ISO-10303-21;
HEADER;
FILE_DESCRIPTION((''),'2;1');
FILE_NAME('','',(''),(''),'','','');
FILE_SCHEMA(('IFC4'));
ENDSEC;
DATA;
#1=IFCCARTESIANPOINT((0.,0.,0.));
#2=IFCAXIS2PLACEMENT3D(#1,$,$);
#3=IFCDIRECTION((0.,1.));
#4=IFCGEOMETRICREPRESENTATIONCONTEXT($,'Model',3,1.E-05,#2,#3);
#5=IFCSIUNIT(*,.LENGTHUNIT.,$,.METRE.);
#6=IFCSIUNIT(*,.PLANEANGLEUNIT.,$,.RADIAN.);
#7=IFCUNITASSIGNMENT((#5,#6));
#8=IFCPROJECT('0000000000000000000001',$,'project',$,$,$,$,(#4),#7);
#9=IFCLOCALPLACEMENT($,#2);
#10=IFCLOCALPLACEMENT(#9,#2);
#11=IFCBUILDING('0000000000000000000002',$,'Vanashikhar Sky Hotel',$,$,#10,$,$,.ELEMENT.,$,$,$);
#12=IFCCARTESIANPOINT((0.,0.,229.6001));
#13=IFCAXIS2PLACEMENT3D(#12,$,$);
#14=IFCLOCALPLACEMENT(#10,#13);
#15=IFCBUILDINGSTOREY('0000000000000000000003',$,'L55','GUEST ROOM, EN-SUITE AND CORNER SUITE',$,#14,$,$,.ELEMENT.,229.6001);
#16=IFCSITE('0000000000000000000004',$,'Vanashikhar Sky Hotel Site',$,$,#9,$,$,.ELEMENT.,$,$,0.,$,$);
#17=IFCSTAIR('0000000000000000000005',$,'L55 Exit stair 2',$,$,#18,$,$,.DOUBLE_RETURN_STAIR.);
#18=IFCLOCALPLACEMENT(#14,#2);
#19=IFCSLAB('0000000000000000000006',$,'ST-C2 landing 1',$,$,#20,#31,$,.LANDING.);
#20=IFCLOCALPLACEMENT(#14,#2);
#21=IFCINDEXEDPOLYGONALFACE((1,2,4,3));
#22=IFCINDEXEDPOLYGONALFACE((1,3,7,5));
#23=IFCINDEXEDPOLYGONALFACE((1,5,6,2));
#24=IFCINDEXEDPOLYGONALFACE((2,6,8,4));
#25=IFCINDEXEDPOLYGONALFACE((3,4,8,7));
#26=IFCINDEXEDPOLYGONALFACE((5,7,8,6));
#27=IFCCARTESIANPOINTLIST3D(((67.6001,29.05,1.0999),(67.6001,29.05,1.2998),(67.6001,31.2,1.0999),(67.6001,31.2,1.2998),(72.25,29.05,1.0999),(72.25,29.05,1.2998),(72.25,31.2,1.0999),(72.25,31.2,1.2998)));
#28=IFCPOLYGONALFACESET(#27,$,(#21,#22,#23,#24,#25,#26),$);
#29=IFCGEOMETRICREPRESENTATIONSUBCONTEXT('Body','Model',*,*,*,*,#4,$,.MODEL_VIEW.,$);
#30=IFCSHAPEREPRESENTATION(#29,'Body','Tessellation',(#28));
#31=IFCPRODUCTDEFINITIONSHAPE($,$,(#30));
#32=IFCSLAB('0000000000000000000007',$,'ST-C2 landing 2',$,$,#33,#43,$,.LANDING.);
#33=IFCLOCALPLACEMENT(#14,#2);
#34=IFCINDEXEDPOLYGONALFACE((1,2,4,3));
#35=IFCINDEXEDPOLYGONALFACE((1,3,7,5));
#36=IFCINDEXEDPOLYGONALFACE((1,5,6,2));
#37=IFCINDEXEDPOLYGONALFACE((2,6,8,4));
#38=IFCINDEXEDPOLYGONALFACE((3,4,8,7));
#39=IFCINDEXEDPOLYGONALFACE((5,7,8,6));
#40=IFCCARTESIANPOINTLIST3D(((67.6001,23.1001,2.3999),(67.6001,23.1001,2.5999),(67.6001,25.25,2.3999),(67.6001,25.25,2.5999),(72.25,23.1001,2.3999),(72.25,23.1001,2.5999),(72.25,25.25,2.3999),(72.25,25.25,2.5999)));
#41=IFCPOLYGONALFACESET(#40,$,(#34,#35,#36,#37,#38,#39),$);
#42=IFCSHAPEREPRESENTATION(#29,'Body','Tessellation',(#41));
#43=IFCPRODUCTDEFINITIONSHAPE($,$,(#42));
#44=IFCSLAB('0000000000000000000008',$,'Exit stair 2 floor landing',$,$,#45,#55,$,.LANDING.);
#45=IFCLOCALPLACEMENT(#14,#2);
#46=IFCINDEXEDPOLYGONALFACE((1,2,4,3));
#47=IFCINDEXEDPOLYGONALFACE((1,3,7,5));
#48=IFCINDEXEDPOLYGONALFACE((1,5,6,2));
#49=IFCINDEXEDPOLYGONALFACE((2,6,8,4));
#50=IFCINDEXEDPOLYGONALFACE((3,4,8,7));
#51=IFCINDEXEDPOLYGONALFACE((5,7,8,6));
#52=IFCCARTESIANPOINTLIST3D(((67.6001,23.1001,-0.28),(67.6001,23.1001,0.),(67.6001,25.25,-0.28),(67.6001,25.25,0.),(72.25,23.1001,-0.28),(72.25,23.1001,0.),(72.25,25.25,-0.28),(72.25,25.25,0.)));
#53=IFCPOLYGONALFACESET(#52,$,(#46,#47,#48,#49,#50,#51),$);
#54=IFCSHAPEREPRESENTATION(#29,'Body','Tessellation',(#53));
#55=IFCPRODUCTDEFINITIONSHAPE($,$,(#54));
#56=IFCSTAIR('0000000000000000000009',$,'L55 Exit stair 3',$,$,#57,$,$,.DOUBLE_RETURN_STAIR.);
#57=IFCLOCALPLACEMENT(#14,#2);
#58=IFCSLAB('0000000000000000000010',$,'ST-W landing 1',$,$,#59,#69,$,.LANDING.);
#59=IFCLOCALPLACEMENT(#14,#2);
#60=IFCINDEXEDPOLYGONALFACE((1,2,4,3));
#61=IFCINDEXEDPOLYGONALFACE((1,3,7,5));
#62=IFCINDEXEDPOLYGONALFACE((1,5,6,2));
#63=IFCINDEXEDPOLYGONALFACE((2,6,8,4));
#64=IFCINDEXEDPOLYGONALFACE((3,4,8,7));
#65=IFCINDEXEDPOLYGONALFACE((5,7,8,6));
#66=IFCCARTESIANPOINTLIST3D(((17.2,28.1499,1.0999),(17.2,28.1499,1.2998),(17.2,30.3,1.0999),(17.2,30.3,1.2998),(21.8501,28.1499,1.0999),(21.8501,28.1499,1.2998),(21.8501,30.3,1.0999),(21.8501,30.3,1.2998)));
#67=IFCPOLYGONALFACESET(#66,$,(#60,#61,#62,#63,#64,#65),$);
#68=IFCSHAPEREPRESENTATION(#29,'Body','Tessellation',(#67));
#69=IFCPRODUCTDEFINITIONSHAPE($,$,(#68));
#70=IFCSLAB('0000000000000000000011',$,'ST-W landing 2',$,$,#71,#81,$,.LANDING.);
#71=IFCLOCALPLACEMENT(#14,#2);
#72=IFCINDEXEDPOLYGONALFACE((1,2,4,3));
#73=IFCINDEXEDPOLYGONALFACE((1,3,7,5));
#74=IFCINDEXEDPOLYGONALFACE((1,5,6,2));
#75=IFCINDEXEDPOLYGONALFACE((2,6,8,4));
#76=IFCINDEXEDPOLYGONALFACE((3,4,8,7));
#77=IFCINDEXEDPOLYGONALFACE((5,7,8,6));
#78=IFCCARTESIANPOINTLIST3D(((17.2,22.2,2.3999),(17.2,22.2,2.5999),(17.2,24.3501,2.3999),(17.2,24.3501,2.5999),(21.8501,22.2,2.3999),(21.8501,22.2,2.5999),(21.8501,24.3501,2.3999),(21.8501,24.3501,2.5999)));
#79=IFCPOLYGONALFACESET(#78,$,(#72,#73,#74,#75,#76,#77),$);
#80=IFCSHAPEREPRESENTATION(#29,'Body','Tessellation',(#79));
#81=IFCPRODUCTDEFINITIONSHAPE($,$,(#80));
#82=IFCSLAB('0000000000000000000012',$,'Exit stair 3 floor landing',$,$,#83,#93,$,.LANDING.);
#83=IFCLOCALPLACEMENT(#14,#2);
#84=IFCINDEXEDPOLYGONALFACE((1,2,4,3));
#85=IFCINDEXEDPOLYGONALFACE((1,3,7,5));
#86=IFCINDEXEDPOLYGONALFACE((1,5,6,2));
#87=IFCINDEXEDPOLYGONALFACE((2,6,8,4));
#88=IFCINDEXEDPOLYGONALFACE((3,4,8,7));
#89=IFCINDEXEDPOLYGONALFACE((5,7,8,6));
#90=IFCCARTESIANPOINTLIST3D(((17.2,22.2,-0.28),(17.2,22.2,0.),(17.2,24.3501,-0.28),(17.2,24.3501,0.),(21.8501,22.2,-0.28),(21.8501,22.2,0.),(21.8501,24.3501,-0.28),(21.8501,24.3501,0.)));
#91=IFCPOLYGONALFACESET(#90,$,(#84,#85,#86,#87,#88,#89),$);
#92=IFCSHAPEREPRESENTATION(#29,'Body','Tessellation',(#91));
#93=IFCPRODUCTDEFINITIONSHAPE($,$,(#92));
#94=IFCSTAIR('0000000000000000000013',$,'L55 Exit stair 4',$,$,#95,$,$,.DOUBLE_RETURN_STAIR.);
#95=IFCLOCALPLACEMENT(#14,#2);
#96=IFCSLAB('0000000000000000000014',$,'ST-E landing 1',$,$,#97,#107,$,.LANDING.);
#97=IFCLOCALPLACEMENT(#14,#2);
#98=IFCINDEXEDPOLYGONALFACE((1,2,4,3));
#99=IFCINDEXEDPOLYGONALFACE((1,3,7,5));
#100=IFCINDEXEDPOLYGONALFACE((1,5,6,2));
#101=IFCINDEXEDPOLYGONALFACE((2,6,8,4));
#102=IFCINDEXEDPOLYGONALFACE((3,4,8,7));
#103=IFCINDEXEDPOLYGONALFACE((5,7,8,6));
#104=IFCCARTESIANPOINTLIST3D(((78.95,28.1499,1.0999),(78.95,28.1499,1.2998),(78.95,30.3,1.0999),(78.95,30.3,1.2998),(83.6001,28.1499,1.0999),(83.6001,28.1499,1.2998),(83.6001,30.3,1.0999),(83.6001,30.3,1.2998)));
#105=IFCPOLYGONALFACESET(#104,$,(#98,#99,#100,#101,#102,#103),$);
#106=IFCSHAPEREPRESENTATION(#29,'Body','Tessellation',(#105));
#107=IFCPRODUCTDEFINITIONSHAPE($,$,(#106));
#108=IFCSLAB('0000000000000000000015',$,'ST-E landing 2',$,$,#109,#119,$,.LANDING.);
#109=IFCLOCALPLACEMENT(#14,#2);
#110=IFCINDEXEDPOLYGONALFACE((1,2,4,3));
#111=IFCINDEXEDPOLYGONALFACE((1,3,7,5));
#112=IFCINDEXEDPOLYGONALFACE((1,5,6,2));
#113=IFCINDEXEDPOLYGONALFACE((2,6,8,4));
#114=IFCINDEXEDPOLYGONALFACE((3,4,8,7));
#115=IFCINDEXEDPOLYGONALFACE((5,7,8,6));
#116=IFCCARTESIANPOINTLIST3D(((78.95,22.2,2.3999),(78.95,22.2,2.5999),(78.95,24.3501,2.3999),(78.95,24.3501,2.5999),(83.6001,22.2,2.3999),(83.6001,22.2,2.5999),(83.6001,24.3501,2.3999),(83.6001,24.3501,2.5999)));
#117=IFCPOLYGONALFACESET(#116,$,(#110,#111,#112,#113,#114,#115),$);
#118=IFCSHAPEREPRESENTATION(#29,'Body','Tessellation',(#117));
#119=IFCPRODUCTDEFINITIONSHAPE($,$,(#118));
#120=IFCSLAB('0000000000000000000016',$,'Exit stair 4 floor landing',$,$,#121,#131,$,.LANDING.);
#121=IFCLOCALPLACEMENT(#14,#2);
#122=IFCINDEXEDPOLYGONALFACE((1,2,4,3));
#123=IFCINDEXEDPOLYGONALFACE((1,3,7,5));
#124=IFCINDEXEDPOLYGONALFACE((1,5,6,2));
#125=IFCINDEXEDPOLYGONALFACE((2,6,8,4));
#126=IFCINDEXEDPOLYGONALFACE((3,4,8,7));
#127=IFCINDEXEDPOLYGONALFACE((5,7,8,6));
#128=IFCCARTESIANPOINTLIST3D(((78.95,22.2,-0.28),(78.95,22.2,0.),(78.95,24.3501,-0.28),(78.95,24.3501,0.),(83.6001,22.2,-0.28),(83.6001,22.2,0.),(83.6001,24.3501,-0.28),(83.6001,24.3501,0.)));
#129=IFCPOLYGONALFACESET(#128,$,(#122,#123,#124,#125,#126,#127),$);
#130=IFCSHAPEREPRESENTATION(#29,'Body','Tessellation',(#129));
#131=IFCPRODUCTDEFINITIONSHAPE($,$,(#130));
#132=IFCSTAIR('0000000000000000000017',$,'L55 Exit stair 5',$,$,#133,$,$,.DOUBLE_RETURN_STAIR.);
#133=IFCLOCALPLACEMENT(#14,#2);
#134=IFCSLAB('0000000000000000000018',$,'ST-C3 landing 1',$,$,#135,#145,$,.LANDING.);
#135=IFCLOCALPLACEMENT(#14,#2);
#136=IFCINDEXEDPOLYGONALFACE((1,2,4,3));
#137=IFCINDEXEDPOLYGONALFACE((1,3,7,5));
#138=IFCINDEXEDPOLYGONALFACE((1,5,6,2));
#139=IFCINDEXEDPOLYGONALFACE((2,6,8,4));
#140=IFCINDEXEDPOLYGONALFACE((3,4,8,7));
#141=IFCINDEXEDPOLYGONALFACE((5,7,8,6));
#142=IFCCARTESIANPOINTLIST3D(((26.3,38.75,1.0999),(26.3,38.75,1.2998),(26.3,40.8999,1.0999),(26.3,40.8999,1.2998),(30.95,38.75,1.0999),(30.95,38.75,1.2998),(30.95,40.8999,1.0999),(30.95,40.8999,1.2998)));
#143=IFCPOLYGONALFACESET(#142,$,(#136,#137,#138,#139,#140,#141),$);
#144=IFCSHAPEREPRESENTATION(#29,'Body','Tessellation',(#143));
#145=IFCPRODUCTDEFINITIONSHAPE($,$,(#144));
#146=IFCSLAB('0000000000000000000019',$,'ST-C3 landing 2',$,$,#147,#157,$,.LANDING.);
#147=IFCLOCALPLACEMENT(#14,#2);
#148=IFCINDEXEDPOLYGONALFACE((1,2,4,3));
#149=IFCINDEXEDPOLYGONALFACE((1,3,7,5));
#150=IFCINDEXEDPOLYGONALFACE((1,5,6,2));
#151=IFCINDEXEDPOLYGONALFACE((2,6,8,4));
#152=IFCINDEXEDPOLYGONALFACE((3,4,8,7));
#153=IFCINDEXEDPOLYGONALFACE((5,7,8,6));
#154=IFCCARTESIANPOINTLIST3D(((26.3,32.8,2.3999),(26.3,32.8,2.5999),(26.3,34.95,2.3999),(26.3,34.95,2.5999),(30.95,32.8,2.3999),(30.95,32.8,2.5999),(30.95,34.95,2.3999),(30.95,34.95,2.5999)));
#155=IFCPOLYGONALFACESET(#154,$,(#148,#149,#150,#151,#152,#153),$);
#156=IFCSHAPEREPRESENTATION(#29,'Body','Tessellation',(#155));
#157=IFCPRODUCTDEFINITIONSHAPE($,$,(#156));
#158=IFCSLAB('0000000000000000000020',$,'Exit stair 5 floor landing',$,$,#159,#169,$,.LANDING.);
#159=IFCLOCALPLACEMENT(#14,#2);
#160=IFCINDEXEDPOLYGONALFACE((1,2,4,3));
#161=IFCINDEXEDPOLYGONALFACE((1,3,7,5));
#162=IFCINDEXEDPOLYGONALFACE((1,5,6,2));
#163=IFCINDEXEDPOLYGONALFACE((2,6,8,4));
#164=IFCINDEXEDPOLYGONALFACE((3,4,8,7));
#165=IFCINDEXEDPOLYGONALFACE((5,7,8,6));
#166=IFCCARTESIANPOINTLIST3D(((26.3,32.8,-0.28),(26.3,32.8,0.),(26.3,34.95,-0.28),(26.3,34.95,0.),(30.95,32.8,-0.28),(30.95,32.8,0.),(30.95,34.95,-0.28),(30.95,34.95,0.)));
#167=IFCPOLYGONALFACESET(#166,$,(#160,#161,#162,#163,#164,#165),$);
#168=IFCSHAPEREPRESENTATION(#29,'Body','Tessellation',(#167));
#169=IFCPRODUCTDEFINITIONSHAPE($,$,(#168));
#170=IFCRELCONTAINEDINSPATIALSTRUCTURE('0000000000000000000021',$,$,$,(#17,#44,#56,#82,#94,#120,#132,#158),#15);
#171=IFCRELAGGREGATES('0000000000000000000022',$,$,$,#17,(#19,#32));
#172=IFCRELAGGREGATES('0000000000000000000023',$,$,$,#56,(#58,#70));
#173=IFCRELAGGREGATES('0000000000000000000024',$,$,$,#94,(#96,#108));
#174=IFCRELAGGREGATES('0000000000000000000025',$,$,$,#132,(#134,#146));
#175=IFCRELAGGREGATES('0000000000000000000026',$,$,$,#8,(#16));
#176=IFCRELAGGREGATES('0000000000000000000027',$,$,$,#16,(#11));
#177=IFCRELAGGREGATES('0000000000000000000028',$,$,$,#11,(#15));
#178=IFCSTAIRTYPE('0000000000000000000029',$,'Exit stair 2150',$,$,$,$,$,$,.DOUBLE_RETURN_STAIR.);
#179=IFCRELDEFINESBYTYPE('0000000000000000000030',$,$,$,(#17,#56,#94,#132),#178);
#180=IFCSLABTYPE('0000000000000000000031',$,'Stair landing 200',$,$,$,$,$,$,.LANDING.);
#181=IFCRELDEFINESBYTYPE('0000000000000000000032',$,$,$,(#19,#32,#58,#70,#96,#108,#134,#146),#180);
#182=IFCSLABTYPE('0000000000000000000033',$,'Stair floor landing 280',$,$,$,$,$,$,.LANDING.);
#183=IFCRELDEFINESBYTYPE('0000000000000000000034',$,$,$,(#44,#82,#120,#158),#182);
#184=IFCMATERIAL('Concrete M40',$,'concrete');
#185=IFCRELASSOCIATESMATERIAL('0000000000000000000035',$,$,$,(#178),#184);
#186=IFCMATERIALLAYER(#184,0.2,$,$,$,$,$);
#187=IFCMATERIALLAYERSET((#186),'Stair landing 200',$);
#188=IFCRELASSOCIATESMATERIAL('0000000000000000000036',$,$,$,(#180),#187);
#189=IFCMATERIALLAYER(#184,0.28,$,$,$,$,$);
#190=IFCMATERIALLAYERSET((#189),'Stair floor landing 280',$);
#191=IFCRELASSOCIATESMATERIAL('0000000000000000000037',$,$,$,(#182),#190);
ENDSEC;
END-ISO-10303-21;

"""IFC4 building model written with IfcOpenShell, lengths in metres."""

from ifc_helpers import new_model, si_unit, direction, frame, origin, place, context, subcontext, project, spatial, polyline, outline, extrude, source, transform, mapped, material, layer, layer_set, type_object, element, aggregate, save


model = new_model("IFC4")

# Units and contexts
model_context = context("Model", 3, precision=1e-05, world=origin(), true_north=direction((0.0, 1.0)))
body_context = subcontext(model_context, "Body", "Model", "MODEL_VIEW")
ifc_project = project(units=[si_unit("LENGTHUNIT", "METRE"), si_unit("PLANEANGLEUNIT", "RADIAN")], contexts=[model_context])

# Site, building, storey
site_placement = place(None, origin())
site = spatial("IfcSite", under=ifc_project, at=site_placement, Name="Vanashikhar Sky Hotel Site", CompositionType="ELEMENT", RefElevation=0.0)
building_placement = place(site_placement, origin())
building = spatial("IfcBuilding", under=site, at=building_placement, Name="Vanashikhar Sky Hotel", CompositionType="ELEMENT")
storey_placement = place(building_placement, frame((0.0, 0.0, 229.6001)))
storey = spatial("IfcBuildingStorey", under=building, at=storey_placement, Name="L55", Description="GUEST ROOM, EN-SUITE AND CORNER SUITE", CompositionType="ELEMENT", Elevation=229.6001)

# Shared definitions
ifc_material = material(Name="Concrete M40", Category="concrete")

# Shared definitions
stair_type = type_object("IfcStairType", Name="Exit stair 2150", PredefinedType="DOUBLE_RETURN_STAIR", material=ifc_material)
ifc_layer_1 = layer(ifc_material, 0.2)
ifc_layer_set_1 = layer_set([ifc_layer_1], Name="Stair landing 200")
slab_type_1 = type_object("IfcSlabType", Name="Stair landing 200", PredefinedType="LANDING", material=ifc_layer_set_1)

# Shared definitions
ifc_layer_2 = layer(ifc_material, 0.28)
ifc_layer_set_2 = layer_set([ifc_layer_2], Name="Stair floor landing 280")
slab_type_2 = type_object("IfcSlabType", Name="Stair floor landing 280", PredefinedType="LANDING", material=ifc_layer_set_2)

# Stair, slabs
stair_1_placement = place(storey_placement, origin())
stair_1 = element("IfcStair", 1, at=stair_1_placement, inside=storey, type_object=stair_type, Name="L55 Exit stair 2", PredefinedType="DOUBLE_RETURN_STAIR")
shared_shape_1 = source(origin(), body_context, "Body", "SweptSolid", [
    extrude(outline(polyline([(72.25, 29.05), (72.25, 31.2), (67.6001, 31.2), (67.6001, 29.05), (72.25, 29.05)])), origin(), (0.0, 0.0, 1.0), 0.2),
])
slab_1_placement = place(storey_placement, frame((0.0, 0.0, 1.0999)))
slab_1 = element("IfcSlab", 2, at=slab_1_placement, type_object=slab_type_1, Name="ST-C2 landing 1", PredefinedType="LANDING", context=body_context, shape_type="MappedRepresentation", body=[
    mapped(shared_shape_1, transform((0.0, 0.0, 0.0), scale=1.0)),
])
shared_shape_2 = source(origin(), body_context, "Body", "SweptSolid", [
    extrude(outline(polyline([(72.25, 23.1001), (72.25, 25.25), (67.6001, 25.25), (67.6001, 23.1001), (72.25, 23.1001)])), origin(), (0.0, 0.0, 1.0), 0.2),
])
slab_2_placement = place(storey_placement, frame((0.0, 0.0, 2.3999)))
slab_2 = element("IfcSlab", 3, at=slab_2_placement, type_object=slab_type_1, Name="ST-C2 landing 2", PredefinedType="LANDING", context=body_context, shape_type="MappedRepresentation", body=[
    mapped(shared_shape_2, transform((0.0, 0.0, 0.0), scale=1.0)),
])
aggregate(stair_1, [slab_1, slab_2])

# Slab
shared_shape_3 = source(origin(), body_context, "Body", "SweptSolid", [
    extrude(outline(polyline([(72.25, 23.1001), (72.25, 25.25), (67.6001, 25.25), (67.6001, 23.1001), (72.25, 23.1001)])), origin(), (0.0, 0.0, 1.0), 0.28),
])
slab_3_placement = place(storey_placement, frame((0.0, 0.0, -0.28)))
element("IfcSlab", 4, at=slab_3_placement, inside=storey, type_object=slab_type_2, Name="Exit stair 2 floor landing", PredefinedType="LANDING", context=body_context, shape_type="MappedRepresentation", body=[
    mapped(shared_shape_3, transform((0.0, 0.0, 0.0), scale=1.0)),
])

# Stair, slabs
stair_2_placement = place(storey_placement, origin())
stair_2 = element("IfcStair", 5, at=stair_2_placement, inside=storey, type_object=stair_type, Name="L55 Exit stair 3", PredefinedType="DOUBLE_RETURN_STAIR")
shared_shape_4 = source(origin(), body_context, "Body", "SweptSolid", [
    extrude(outline(polyline([(21.8501, 28.1499), (21.8501, 30.3), (17.2, 30.3), (17.2, 28.1499), (21.8501, 28.1499)])), origin(), (0.0, 0.0, 1.0), 0.2),
])
slab_4_placement = place(storey_placement, frame((0.0, 0.0, 1.0999)))
slab_4 = element("IfcSlab", 6, at=slab_4_placement, type_object=slab_type_1, Name="ST-W landing 1", PredefinedType="LANDING", context=body_context, shape_type="MappedRepresentation", body=[
    mapped(shared_shape_4, transform((0.0, 0.0, 0.0), scale=1.0)),
])
shared_shape_5 = source(origin(), body_context, "Body", "SweptSolid", [
    extrude(outline(polyline([(21.8501, 22.2), (21.8501, 24.3501), (17.2, 24.3501), (17.2, 22.2), (21.8501, 22.2)])), origin(), (0.0, 0.0, 1.0), 0.2),
])
slab_5_placement = place(storey_placement, frame((0.0, 0.0, 2.3999)))
slab_5 = element("IfcSlab", 7, at=slab_5_placement, type_object=slab_type_1, Name="ST-W landing 2", PredefinedType="LANDING", context=body_context, shape_type="MappedRepresentation", body=[
    mapped(shared_shape_5, transform((0.0, 0.0, 0.0), scale=1.0)),
])
aggregate(stair_2, [slab_4, slab_5])

# Slab
shared_shape_6 = source(origin(), body_context, "Body", "SweptSolid", [
    extrude(outline(polyline([(21.8501, 22.2), (21.8501, 24.3501), (17.2, 24.3501), (17.2, 22.2), (21.8501, 22.2)])), origin(), (0.0, 0.0, 1.0), 0.28),
])
slab_6_placement = place(storey_placement, frame((0.0, 0.0, -0.28)))
element("IfcSlab", 8, at=slab_6_placement, inside=storey, type_object=slab_type_2, Name="Exit stair 3 floor landing", PredefinedType="LANDING", context=body_context, shape_type="MappedRepresentation", body=[
    mapped(shared_shape_6, transform((0.0, 0.0, 0.0), scale=1.0)),
])

# Stair, slabs
stair_3_placement = place(storey_placement, origin())
stair_3 = element("IfcStair", 9, at=stair_3_placement, inside=storey, type_object=stair_type, Name="L55 Exit stair 4", PredefinedType="DOUBLE_RETURN_STAIR")
shared_shape_7 = source(origin(), body_context, "Body", "SweptSolid", [
    extrude(outline(polyline([(83.6001, 28.1499), (83.6001, 30.3), (78.95, 30.3), (78.95, 28.1499), (83.6001, 28.1499)])), origin(), (0.0, 0.0, 1.0), 0.2),
])
slab_7_placement = place(storey_placement, frame((0.0, 0.0, 1.0999)))
slab_7 = element("IfcSlab", 10, at=slab_7_placement, type_object=slab_type_1, Name="ST-E landing 1", PredefinedType="LANDING", context=body_context, shape_type="MappedRepresentation", body=[
    mapped(shared_shape_7, transform((0.0, 0.0, 0.0), scale=1.0)),
])
shared_shape_8 = source(origin(), body_context, "Body", "SweptSolid", [
    extrude(outline(polyline([(83.6001, 22.2), (83.6001, 24.3501), (78.95, 24.3501), (78.95, 22.2), (83.6001, 22.2)])), origin(), (0.0, 0.0, 1.0), 0.2),
])
slab_8_placement = place(storey_placement, frame((0.0, 0.0, 2.3999)))
slab_8 = element("IfcSlab", 11, at=slab_8_placement, type_object=slab_type_1, Name="ST-E landing 2", PredefinedType="LANDING", context=body_context, shape_type="MappedRepresentation", body=[
    mapped(shared_shape_8, transform((0.0, 0.0, 0.0), scale=1.0)),
])
aggregate(stair_3, [slab_7, slab_8])

# Slab
shared_shape_9 = source(origin(), body_context, "Body", "SweptSolid", [
    extrude(outline(polyline([(83.6001, 22.2), (83.6001, 24.3501), (78.95, 24.3501), (78.95, 22.2), (83.6001, 22.2)])), origin(), (0.0, 0.0, 1.0), 0.28),
])
slab_9_placement = place(storey_placement, frame((0.0, 0.0, -0.28)))
element("IfcSlab", 12, at=slab_9_placement, inside=storey, type_object=slab_type_2, Name="Exit stair 4 floor landing", PredefinedType="LANDING", context=body_context, shape_type="MappedRepresentation", body=[
    mapped(shared_shape_9, transform((0.0, 0.0, 0.0), scale=1.0)),
])

# Stair, slabs
stair_4_placement = place(storey_placement, origin())
stair_4 = element("IfcStair", 13, at=stair_4_placement, inside=storey, type_object=stair_type, Name="L55 Exit stair 5", PredefinedType="DOUBLE_RETURN_STAIR")
shared_shape_10 = source(origin(), body_context, "Body", "SweptSolid", [
    extrude(outline(polyline([(30.95, 38.75), (30.95, 40.8999), (26.3, 40.8999), (26.3, 38.75), (30.95, 38.75)])), origin(), (0.0, 0.0, 1.0), 0.2),
])
slab_10_placement = place(storey_placement, frame((0.0, 0.0, 1.0999)))
slab_10 = element("IfcSlab", 14, at=slab_10_placement, type_object=slab_type_1, Name="ST-C3 landing 1", PredefinedType="LANDING", context=body_context, shape_type="MappedRepresentation", body=[
    mapped(shared_shape_10, transform((0.0, 0.0, 0.0), scale=1.0)),
])
shared_shape_11 = source(origin(), body_context, "Body", "SweptSolid", [
    extrude(outline(polyline([(30.95, 32.8), (30.95, 34.95), (26.3, 34.95), (26.3, 32.8), (30.95, 32.8)])), origin(), (0.0, 0.0, 1.0), 0.2),
])
slab_11_placement = place(storey_placement, frame((0.0, 0.0, 2.3999)))
slab_11 = element("IfcSlab", 15, at=slab_11_placement, type_object=slab_type_1, Name="ST-C3 landing 2", PredefinedType="LANDING", context=body_context, shape_type="MappedRepresentation", body=[
    mapped(shared_shape_11, transform((0.0, 0.0, 0.0), scale=1.0)),
])
aggregate(stair_4, [slab_10, slab_11])

# Slab
shared_shape_12 = source(origin(), body_context, "Body", "SweptSolid", [
    extrude(outline(polyline([(30.95, 32.8), (30.95, 34.95), (26.3, 34.95), (26.3, 32.8), (30.95, 32.8)])), origin(), (0.0, 0.0, 1.0), 0.28),
])
slab_12_placement = place(storey_placement, frame((0.0, 0.0, -0.28)))
element("IfcSlab", 16, at=slab_12_placement, inside=storey, type_object=slab_type_2, Name="Exit stair 5 floor landing", PredefinedType="LANDING", context=body_context, shape_type="MappedRepresentation", body=[
    mapped(shared_shape_12, transform((0.0, 0.0, 0.0), scale=1.0)),
])

save(model, "model.ifc")
